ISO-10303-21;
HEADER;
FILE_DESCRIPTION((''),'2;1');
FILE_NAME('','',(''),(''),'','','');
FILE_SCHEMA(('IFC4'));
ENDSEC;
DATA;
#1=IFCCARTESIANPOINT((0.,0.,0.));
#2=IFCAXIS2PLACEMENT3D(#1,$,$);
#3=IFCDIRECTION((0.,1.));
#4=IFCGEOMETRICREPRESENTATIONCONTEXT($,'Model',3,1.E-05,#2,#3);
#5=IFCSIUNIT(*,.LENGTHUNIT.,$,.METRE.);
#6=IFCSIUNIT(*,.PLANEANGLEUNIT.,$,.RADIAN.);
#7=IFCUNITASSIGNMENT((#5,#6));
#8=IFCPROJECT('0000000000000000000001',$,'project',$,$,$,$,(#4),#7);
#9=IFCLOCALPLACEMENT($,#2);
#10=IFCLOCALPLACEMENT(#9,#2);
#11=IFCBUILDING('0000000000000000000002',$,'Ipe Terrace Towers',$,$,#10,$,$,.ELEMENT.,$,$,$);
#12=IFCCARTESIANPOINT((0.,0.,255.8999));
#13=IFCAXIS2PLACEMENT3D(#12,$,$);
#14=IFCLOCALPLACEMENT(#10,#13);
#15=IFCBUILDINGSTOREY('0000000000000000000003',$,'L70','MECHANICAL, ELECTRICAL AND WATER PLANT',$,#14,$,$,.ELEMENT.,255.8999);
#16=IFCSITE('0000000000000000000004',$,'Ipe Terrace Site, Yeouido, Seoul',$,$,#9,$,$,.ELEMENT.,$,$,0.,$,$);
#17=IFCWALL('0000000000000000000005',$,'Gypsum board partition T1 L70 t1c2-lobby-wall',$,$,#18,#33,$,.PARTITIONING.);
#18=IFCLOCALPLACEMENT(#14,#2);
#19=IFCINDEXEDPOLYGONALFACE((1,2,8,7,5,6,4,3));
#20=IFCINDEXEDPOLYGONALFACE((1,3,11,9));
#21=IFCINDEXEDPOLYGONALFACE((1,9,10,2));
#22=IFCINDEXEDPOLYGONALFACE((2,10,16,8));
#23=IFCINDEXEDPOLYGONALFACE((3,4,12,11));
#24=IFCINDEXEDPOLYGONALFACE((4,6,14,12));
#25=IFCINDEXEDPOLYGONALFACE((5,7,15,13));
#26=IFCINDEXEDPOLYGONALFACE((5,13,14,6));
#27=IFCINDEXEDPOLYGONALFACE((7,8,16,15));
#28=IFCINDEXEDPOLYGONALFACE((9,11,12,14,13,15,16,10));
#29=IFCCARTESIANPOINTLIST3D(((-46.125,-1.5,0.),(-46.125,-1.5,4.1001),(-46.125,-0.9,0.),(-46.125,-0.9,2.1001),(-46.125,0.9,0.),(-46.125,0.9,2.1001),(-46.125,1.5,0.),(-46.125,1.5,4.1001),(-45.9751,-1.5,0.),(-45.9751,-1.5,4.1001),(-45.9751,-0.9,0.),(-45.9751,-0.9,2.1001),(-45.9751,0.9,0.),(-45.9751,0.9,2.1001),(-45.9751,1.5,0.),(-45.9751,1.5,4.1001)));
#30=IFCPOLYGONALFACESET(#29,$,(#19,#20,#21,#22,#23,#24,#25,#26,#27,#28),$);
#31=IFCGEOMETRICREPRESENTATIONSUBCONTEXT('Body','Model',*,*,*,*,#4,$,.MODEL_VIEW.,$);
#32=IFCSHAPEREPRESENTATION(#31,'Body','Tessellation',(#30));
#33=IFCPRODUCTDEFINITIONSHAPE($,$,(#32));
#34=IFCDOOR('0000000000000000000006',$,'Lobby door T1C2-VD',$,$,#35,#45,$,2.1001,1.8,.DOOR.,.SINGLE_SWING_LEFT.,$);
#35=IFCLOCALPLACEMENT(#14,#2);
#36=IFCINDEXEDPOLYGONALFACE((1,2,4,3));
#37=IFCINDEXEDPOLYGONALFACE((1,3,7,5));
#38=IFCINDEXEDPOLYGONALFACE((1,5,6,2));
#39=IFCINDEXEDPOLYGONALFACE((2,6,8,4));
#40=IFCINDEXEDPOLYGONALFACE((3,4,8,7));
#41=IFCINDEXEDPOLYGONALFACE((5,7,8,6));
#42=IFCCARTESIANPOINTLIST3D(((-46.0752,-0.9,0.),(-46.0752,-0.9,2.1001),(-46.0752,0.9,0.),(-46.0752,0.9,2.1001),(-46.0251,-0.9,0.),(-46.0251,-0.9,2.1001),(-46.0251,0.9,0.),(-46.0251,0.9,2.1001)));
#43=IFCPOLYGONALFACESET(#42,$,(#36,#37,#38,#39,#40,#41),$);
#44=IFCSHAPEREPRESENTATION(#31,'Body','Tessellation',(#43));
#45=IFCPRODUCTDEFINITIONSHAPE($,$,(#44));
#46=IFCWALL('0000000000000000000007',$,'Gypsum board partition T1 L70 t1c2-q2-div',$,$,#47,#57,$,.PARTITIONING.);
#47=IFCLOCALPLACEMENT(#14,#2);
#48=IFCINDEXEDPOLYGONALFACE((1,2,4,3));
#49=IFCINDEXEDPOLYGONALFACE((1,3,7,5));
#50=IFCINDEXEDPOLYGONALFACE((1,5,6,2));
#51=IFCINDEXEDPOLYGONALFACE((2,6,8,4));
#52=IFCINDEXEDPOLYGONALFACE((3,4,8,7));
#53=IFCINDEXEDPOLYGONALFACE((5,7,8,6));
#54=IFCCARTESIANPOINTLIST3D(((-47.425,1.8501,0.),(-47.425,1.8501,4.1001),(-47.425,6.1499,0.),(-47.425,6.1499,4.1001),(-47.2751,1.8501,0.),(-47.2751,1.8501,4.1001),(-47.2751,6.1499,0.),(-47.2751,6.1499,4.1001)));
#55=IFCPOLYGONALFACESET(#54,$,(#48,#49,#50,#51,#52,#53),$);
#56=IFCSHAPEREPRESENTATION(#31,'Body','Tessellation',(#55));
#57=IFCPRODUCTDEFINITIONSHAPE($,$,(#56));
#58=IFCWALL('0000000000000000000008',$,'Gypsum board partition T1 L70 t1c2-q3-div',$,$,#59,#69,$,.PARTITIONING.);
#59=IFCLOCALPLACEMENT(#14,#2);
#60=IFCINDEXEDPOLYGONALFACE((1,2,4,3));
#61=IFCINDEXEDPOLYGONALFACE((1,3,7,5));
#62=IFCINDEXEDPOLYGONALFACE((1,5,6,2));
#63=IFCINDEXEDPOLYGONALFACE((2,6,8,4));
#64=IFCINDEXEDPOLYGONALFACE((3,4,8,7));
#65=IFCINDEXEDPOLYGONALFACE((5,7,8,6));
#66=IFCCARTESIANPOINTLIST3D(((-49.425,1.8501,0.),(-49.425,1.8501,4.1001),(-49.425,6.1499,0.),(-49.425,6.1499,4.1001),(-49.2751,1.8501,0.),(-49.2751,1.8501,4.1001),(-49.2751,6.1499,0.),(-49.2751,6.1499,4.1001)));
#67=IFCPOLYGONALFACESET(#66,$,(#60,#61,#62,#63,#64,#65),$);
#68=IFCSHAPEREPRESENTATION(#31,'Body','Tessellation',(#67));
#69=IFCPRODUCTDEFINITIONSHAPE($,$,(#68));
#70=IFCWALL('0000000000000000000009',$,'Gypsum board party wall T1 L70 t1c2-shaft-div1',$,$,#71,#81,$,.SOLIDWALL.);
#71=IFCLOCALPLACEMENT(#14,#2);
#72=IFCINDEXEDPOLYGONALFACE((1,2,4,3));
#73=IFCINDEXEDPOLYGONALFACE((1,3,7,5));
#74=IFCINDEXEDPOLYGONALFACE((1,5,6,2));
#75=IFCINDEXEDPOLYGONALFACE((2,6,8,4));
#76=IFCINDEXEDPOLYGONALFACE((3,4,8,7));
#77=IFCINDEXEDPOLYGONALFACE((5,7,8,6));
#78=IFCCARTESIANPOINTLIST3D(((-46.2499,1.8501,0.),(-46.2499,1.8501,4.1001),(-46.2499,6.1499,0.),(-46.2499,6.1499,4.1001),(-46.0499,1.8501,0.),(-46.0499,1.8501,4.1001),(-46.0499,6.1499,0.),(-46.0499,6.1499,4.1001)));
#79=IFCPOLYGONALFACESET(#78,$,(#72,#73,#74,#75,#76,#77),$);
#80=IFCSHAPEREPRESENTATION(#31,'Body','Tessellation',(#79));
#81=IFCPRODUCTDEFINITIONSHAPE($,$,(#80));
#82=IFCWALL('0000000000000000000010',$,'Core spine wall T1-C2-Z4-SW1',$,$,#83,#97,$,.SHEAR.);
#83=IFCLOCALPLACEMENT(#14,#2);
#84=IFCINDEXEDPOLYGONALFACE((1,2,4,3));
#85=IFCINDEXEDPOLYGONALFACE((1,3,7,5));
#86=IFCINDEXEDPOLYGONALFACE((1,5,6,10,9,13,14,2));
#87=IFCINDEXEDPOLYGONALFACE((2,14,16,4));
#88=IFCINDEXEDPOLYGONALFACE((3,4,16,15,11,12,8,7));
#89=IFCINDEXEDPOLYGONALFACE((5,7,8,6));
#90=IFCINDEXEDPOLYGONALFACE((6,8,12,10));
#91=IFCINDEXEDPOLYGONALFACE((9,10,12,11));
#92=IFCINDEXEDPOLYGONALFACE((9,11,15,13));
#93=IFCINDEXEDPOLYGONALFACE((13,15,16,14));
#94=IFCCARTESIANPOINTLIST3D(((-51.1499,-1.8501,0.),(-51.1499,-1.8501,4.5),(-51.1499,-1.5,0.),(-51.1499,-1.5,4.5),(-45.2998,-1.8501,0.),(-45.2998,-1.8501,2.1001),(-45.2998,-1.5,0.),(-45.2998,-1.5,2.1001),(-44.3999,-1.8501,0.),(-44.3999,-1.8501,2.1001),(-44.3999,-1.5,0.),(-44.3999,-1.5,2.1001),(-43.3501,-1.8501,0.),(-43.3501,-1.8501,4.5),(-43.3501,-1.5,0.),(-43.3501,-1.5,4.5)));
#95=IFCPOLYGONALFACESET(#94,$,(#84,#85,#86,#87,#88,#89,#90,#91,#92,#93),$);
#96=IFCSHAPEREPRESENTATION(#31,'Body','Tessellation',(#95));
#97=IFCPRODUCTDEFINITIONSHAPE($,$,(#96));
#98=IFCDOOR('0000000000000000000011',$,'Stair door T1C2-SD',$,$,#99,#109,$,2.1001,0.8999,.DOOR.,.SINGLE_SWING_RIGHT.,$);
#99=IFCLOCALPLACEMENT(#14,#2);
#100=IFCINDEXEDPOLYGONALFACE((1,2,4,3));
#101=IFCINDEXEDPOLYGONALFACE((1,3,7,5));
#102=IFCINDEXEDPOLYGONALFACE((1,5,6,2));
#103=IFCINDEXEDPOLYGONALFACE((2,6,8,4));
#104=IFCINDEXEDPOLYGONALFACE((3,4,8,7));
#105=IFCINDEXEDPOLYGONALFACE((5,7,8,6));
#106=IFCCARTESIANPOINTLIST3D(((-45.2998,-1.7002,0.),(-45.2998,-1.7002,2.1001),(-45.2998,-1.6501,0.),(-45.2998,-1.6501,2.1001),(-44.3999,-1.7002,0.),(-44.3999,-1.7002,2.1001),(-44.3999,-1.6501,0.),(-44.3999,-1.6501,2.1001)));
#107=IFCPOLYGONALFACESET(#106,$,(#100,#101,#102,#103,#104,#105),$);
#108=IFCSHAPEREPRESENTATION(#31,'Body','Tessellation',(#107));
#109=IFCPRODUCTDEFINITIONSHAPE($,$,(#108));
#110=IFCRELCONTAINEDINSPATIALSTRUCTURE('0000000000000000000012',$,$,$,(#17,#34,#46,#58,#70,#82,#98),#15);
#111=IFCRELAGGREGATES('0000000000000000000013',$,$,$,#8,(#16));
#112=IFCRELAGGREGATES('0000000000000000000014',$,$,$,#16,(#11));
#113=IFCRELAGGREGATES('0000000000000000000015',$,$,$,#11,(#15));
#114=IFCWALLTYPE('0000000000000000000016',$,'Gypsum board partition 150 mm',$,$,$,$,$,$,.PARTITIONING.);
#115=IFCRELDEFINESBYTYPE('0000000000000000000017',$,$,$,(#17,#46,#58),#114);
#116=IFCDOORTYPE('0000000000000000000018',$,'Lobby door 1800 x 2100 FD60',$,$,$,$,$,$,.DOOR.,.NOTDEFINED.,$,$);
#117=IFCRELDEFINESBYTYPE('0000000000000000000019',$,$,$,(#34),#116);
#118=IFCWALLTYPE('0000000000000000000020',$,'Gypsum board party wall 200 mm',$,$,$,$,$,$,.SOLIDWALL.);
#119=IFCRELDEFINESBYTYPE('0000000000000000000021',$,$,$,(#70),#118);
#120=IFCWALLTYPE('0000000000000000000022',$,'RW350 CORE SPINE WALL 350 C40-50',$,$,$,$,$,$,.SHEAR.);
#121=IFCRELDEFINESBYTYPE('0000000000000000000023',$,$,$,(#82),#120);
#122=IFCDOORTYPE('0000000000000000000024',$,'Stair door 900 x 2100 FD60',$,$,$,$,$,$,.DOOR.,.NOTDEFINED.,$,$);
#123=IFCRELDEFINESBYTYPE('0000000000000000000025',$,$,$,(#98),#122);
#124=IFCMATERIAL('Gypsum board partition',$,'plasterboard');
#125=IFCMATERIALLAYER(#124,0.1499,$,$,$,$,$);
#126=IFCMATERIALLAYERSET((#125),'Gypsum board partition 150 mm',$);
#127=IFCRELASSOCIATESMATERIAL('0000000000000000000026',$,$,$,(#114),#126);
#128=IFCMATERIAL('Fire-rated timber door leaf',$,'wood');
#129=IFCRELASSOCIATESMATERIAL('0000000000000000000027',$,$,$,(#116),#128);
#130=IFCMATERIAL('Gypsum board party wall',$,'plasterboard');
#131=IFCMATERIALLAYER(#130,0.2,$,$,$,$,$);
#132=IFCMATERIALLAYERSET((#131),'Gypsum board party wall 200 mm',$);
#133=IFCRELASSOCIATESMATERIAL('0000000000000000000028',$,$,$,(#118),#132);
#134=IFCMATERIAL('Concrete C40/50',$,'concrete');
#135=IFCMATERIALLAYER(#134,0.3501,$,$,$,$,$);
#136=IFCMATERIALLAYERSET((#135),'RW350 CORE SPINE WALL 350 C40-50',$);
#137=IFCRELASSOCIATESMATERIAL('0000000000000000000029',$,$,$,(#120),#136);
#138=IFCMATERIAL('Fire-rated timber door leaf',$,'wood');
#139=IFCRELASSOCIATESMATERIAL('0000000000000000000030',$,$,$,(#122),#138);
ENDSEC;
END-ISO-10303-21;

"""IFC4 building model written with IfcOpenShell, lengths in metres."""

from ifc_helpers import new_model, si_unit, direction, frame, frame_2d, origin, place, context, subcontext, project, spatial, rectangle, extrude, material, layer, layer_set, type_object, element, fill, save


model = new_model("IFC4")

# Units and contexts
model_context = context("Model", 3, precision=1e-05, world=origin(), true_north=direction((0.0, 1.0)))
body_context = subcontext(model_context, "Body", "Model", "MODEL_VIEW")
ifc_project = project(units=[si_unit("LENGTHUNIT", "METRE"), si_unit("PLANEANGLEUNIT", "RADIAN")], contexts=[model_context])

# Site, building, storey
site_placement = place(None, origin())
site = spatial("IfcSite", under=ifc_project, at=site_placement, Name="Ipe Terrace Site, Yeouido, Seoul", CompositionType="ELEMENT", RefElevation=0.0)
building_placement = place(site_placement, origin())
building = spatial("IfcBuilding", under=site, at=building_placement, Name="Ipe Terrace Towers", CompositionType="ELEMENT")
storey_placement = place(building_placement, frame((0.0, 0.0, 255.8999)))
storey = spatial("IfcBuildingStorey", under=building, at=storey_placement, Name="L70", Description="MECHANICAL, ELECTRICAL AND WATER PLANT", CompositionType="ELEMENT", Elevation=255.8999)

# Wall, opening, door
ifc_material_1 = material(Name="Gypsum board partition", Category="plasterboard")
ifc_layer_1 = layer(ifc_material_1, 0.1499)
ifc_layer_set_1 = layer_set([ifc_layer_1], Name="Gypsum board partition 150 mm")
wall_type_1 = type_object("IfcWallType", Name="Gypsum board partition 150 mm", PredefinedType="PARTITIONING", material=ifc_layer_set_1)
wall_1_placement = place(storey_placement, frame((-46.05, 1.5, 0.0), z_axis=(0.0, 0.0, 1.0), x_axis=(0.0, -1.0, 0.0)))
wall_1 = element("IfcWall", 1, at=wall_1_placement, inside=storey, type_object=wall_type_1, Name="Gypsum board partition T1 L70 t1c2-lobby-wall", PredefinedType="PARTITIONING", context=body_context, shape_type="SweptSolid", body=[
    extrude(rectangle(XDim=3.0, YDim=0.1499, at=frame_2d((1.5, 0.0))), origin(), (0.0, 0.0, 1.0), 4.1001),
])
opening_1_placement = place(wall_1_placement, frame((0.6001, 0.0, 0.0)))
opening_1 = element("IfcOpeningElement", 2, at=opening_1_placement, cuts=wall_1, PredefinedType="OPENING", context=body_context, shape_type="SweptSolid", body=[
    extrude(rectangle(XDim=1.8, YDim=2.1001, at=frame_2d((0.8999, 1.05))), frame((0.0, 0.085, 0.0), z_axis=(0.0, -1.0, 0.0), x_axis=(1.0, 0.0, 0.0)), (0.0, 0.0, 1.0), 0.1699),
])
ifc_material_2 = material(Name="Fire-rated timber door leaf", Category="wood")
door_type_1 = type_object("IfcDoorType", Name="Lobby door 1800 x 2100 FD60", OperationType="NOTDEFINED", PredefinedType="DOOR", material=ifc_material_2)
door_1_placement = place(opening_1_placement, origin())
door_1 = element("IfcDoor", 3, at=door_1_placement, inside=storey, type_object=door_type_1, Name="Lobby door T1C2-VD", OperationType="SINGLE_SWING_LEFT", OverallHeight=2.1001, OverallWidth=1.8, PredefinedType="DOOR", context=body_context, shape_type="SweptSolid", body=[
    extrude(rectangle(XDim=1.8, YDim=2.1001, at=frame_2d((0.8999, 1.05))), frame((0.0, 0.0249, 0.0), z_axis=(0.0, -1.0, 0.0), x_axis=(1.0, 0.0, 0.0)), (0.0, 0.0, 1.0), 0.05),
])
fill(opening_1, door_1)

# Walls
for number, where, z_axis, x_axis, name in (
    (4, (-47.3501, 6.1499, 0.0), (0.0, 0.0, 1.0), (0.0, -1.0, 0.0), "Gypsum board partition T1 L70 t1c2-q2-div"),
    (5, (-49.3501, 6.1499, 0.0), (0.0, 0.0, 1.0), (0.0, -1.0, 0.0), "Gypsum board partition T1 L70 t1c2-q3-div"),
):
    element("IfcWall", number, at=place(storey_placement, frame(where, z_axis=z_axis, x_axis=x_axis)), inside=storey, type_object=wall_type_1, Name=name, PredefinedType="PARTITIONING", context=body_context, shape_type="SweptSolid", body=[
        extrude(rectangle(XDim=4.2998, YDim=0.1499, at=frame_2d((2.1499, 0.0))), origin(), (0.0, 0.0, 1.0), 4.1001),
    ])
ifc_material_3 = material(Name="Gypsum board party wall", Category="plasterboard")
ifc_layer_2 = layer(ifc_material_3, 0.2)
ifc_layer_set_2 = layer_set([ifc_layer_2], Name="Gypsum board party wall 200 mm")
wall_type_2 = type_object("IfcWallType", Name="Gypsum board party wall 200 mm", PredefinedType="SOLIDWALL", material=ifc_layer_set_2)
wall_2_placement = place(storey_placement, frame((-46.1499, 6.1499, 0.0), z_axis=(0.0, 0.0, 1.0), x_axis=(0.0, -1.0, 0.0)))
element("IfcWall", 6, at=wall_2_placement, inside=storey, type_object=wall_type_2, Name="Gypsum board party wall T1 L70 t1c2-shaft-div1", PredefinedType="SOLIDWALL", context=body_context, shape_type="SweptSolid", body=[
    extrude(rectangle(XDim=4.2998, YDim=0.2, at=frame_2d((2.1499, 0.0))), origin(), (0.0, 0.0, 1.0), 4.1001),
])

# Wall, opening, door
ifc_material_4 = material(Name="Concrete C40/50", Category="concrete")
ifc_layer_3 = layer(ifc_material_4, 0.3501)
ifc_layer_set_3 = layer_set([ifc_layer_3], Name="RW350 CORE SPINE WALL 350 C40-50")
wall_type_3 = type_object("IfcWallType", Name="RW350 CORE SPINE WALL 350 C40-50", PredefinedType="SHEAR", material=ifc_layer_set_3)
wall_3_placement = place(storey_placement, frame((-51.1499, -1.675, 0.0), z_axis=(0.0, 0.0, 1.0), x_axis=(1.0, 0.0, 0.0)))
wall_3 = element("IfcWall", 7, at=wall_3_placement, inside=storey, type_object=wall_type_3, Name="Core spine wall T1-C2-Z4-SW1", PredefinedType="SHEAR", context=body_context, shape_type="SweptSolid", body=[
    extrude(rectangle(XDim=7.7998, YDim=0.3501, at=frame_2d((3.8999, 0.0))), origin(), (0.0, 0.0, 1.0), 4.5),
])
opening_2_placement = place(wall_3_placement, frame((5.8501, 0.0, 0.0)))
opening_2 = element("IfcOpeningElement", 8, at=opening_2_placement, cuts=wall_3, PredefinedType="OPENING", context=body_context, shape_type="SweptSolid", body=[
    extrude(rectangle(XDim=0.8999, YDim=2.1001, at=frame_2d((0.45, 1.05))), frame((0.0, 0.1851, 0.0), z_axis=(0.0, -1.0, 0.0), x_axis=(1.0, 0.0, 0.0)), (0.0, 0.0, 1.0), 0.3701),
])
ifc_material_5 = material(Name="Fire-rated timber door leaf", Category="wood")
door_type_2 = type_object("IfcDoorType", Name="Stair door 900 x 2100 FD60", OperationType="NOTDEFINED", PredefinedType="DOOR", material=ifc_material_5)
door_2_placement = place(opening_2_placement, origin())
door_2 = element("IfcDoor", 9, at=door_2_placement, inside=storey, type_object=door_type_2, Name="Stair door T1C2-SD", OperationType="SINGLE_SWING_RIGHT", OverallHeight=2.1001, OverallWidth=0.8999, PredefinedType="DOOR", context=body_context, shape_type="SweptSolid", body=[
    extrude(rectangle(XDim=0.8999, YDim=2.1001, at=frame_2d((0.45, 1.05))), frame((0.0, 0.0249, 0.0), z_axis=(0.0, -1.0, 0.0), x_axis=(1.0, 0.0, 0.0)), (0.0, 0.0, 1.0), 0.05),
])
fill(opening_2, door_2)

save(model, "model.ifc")
